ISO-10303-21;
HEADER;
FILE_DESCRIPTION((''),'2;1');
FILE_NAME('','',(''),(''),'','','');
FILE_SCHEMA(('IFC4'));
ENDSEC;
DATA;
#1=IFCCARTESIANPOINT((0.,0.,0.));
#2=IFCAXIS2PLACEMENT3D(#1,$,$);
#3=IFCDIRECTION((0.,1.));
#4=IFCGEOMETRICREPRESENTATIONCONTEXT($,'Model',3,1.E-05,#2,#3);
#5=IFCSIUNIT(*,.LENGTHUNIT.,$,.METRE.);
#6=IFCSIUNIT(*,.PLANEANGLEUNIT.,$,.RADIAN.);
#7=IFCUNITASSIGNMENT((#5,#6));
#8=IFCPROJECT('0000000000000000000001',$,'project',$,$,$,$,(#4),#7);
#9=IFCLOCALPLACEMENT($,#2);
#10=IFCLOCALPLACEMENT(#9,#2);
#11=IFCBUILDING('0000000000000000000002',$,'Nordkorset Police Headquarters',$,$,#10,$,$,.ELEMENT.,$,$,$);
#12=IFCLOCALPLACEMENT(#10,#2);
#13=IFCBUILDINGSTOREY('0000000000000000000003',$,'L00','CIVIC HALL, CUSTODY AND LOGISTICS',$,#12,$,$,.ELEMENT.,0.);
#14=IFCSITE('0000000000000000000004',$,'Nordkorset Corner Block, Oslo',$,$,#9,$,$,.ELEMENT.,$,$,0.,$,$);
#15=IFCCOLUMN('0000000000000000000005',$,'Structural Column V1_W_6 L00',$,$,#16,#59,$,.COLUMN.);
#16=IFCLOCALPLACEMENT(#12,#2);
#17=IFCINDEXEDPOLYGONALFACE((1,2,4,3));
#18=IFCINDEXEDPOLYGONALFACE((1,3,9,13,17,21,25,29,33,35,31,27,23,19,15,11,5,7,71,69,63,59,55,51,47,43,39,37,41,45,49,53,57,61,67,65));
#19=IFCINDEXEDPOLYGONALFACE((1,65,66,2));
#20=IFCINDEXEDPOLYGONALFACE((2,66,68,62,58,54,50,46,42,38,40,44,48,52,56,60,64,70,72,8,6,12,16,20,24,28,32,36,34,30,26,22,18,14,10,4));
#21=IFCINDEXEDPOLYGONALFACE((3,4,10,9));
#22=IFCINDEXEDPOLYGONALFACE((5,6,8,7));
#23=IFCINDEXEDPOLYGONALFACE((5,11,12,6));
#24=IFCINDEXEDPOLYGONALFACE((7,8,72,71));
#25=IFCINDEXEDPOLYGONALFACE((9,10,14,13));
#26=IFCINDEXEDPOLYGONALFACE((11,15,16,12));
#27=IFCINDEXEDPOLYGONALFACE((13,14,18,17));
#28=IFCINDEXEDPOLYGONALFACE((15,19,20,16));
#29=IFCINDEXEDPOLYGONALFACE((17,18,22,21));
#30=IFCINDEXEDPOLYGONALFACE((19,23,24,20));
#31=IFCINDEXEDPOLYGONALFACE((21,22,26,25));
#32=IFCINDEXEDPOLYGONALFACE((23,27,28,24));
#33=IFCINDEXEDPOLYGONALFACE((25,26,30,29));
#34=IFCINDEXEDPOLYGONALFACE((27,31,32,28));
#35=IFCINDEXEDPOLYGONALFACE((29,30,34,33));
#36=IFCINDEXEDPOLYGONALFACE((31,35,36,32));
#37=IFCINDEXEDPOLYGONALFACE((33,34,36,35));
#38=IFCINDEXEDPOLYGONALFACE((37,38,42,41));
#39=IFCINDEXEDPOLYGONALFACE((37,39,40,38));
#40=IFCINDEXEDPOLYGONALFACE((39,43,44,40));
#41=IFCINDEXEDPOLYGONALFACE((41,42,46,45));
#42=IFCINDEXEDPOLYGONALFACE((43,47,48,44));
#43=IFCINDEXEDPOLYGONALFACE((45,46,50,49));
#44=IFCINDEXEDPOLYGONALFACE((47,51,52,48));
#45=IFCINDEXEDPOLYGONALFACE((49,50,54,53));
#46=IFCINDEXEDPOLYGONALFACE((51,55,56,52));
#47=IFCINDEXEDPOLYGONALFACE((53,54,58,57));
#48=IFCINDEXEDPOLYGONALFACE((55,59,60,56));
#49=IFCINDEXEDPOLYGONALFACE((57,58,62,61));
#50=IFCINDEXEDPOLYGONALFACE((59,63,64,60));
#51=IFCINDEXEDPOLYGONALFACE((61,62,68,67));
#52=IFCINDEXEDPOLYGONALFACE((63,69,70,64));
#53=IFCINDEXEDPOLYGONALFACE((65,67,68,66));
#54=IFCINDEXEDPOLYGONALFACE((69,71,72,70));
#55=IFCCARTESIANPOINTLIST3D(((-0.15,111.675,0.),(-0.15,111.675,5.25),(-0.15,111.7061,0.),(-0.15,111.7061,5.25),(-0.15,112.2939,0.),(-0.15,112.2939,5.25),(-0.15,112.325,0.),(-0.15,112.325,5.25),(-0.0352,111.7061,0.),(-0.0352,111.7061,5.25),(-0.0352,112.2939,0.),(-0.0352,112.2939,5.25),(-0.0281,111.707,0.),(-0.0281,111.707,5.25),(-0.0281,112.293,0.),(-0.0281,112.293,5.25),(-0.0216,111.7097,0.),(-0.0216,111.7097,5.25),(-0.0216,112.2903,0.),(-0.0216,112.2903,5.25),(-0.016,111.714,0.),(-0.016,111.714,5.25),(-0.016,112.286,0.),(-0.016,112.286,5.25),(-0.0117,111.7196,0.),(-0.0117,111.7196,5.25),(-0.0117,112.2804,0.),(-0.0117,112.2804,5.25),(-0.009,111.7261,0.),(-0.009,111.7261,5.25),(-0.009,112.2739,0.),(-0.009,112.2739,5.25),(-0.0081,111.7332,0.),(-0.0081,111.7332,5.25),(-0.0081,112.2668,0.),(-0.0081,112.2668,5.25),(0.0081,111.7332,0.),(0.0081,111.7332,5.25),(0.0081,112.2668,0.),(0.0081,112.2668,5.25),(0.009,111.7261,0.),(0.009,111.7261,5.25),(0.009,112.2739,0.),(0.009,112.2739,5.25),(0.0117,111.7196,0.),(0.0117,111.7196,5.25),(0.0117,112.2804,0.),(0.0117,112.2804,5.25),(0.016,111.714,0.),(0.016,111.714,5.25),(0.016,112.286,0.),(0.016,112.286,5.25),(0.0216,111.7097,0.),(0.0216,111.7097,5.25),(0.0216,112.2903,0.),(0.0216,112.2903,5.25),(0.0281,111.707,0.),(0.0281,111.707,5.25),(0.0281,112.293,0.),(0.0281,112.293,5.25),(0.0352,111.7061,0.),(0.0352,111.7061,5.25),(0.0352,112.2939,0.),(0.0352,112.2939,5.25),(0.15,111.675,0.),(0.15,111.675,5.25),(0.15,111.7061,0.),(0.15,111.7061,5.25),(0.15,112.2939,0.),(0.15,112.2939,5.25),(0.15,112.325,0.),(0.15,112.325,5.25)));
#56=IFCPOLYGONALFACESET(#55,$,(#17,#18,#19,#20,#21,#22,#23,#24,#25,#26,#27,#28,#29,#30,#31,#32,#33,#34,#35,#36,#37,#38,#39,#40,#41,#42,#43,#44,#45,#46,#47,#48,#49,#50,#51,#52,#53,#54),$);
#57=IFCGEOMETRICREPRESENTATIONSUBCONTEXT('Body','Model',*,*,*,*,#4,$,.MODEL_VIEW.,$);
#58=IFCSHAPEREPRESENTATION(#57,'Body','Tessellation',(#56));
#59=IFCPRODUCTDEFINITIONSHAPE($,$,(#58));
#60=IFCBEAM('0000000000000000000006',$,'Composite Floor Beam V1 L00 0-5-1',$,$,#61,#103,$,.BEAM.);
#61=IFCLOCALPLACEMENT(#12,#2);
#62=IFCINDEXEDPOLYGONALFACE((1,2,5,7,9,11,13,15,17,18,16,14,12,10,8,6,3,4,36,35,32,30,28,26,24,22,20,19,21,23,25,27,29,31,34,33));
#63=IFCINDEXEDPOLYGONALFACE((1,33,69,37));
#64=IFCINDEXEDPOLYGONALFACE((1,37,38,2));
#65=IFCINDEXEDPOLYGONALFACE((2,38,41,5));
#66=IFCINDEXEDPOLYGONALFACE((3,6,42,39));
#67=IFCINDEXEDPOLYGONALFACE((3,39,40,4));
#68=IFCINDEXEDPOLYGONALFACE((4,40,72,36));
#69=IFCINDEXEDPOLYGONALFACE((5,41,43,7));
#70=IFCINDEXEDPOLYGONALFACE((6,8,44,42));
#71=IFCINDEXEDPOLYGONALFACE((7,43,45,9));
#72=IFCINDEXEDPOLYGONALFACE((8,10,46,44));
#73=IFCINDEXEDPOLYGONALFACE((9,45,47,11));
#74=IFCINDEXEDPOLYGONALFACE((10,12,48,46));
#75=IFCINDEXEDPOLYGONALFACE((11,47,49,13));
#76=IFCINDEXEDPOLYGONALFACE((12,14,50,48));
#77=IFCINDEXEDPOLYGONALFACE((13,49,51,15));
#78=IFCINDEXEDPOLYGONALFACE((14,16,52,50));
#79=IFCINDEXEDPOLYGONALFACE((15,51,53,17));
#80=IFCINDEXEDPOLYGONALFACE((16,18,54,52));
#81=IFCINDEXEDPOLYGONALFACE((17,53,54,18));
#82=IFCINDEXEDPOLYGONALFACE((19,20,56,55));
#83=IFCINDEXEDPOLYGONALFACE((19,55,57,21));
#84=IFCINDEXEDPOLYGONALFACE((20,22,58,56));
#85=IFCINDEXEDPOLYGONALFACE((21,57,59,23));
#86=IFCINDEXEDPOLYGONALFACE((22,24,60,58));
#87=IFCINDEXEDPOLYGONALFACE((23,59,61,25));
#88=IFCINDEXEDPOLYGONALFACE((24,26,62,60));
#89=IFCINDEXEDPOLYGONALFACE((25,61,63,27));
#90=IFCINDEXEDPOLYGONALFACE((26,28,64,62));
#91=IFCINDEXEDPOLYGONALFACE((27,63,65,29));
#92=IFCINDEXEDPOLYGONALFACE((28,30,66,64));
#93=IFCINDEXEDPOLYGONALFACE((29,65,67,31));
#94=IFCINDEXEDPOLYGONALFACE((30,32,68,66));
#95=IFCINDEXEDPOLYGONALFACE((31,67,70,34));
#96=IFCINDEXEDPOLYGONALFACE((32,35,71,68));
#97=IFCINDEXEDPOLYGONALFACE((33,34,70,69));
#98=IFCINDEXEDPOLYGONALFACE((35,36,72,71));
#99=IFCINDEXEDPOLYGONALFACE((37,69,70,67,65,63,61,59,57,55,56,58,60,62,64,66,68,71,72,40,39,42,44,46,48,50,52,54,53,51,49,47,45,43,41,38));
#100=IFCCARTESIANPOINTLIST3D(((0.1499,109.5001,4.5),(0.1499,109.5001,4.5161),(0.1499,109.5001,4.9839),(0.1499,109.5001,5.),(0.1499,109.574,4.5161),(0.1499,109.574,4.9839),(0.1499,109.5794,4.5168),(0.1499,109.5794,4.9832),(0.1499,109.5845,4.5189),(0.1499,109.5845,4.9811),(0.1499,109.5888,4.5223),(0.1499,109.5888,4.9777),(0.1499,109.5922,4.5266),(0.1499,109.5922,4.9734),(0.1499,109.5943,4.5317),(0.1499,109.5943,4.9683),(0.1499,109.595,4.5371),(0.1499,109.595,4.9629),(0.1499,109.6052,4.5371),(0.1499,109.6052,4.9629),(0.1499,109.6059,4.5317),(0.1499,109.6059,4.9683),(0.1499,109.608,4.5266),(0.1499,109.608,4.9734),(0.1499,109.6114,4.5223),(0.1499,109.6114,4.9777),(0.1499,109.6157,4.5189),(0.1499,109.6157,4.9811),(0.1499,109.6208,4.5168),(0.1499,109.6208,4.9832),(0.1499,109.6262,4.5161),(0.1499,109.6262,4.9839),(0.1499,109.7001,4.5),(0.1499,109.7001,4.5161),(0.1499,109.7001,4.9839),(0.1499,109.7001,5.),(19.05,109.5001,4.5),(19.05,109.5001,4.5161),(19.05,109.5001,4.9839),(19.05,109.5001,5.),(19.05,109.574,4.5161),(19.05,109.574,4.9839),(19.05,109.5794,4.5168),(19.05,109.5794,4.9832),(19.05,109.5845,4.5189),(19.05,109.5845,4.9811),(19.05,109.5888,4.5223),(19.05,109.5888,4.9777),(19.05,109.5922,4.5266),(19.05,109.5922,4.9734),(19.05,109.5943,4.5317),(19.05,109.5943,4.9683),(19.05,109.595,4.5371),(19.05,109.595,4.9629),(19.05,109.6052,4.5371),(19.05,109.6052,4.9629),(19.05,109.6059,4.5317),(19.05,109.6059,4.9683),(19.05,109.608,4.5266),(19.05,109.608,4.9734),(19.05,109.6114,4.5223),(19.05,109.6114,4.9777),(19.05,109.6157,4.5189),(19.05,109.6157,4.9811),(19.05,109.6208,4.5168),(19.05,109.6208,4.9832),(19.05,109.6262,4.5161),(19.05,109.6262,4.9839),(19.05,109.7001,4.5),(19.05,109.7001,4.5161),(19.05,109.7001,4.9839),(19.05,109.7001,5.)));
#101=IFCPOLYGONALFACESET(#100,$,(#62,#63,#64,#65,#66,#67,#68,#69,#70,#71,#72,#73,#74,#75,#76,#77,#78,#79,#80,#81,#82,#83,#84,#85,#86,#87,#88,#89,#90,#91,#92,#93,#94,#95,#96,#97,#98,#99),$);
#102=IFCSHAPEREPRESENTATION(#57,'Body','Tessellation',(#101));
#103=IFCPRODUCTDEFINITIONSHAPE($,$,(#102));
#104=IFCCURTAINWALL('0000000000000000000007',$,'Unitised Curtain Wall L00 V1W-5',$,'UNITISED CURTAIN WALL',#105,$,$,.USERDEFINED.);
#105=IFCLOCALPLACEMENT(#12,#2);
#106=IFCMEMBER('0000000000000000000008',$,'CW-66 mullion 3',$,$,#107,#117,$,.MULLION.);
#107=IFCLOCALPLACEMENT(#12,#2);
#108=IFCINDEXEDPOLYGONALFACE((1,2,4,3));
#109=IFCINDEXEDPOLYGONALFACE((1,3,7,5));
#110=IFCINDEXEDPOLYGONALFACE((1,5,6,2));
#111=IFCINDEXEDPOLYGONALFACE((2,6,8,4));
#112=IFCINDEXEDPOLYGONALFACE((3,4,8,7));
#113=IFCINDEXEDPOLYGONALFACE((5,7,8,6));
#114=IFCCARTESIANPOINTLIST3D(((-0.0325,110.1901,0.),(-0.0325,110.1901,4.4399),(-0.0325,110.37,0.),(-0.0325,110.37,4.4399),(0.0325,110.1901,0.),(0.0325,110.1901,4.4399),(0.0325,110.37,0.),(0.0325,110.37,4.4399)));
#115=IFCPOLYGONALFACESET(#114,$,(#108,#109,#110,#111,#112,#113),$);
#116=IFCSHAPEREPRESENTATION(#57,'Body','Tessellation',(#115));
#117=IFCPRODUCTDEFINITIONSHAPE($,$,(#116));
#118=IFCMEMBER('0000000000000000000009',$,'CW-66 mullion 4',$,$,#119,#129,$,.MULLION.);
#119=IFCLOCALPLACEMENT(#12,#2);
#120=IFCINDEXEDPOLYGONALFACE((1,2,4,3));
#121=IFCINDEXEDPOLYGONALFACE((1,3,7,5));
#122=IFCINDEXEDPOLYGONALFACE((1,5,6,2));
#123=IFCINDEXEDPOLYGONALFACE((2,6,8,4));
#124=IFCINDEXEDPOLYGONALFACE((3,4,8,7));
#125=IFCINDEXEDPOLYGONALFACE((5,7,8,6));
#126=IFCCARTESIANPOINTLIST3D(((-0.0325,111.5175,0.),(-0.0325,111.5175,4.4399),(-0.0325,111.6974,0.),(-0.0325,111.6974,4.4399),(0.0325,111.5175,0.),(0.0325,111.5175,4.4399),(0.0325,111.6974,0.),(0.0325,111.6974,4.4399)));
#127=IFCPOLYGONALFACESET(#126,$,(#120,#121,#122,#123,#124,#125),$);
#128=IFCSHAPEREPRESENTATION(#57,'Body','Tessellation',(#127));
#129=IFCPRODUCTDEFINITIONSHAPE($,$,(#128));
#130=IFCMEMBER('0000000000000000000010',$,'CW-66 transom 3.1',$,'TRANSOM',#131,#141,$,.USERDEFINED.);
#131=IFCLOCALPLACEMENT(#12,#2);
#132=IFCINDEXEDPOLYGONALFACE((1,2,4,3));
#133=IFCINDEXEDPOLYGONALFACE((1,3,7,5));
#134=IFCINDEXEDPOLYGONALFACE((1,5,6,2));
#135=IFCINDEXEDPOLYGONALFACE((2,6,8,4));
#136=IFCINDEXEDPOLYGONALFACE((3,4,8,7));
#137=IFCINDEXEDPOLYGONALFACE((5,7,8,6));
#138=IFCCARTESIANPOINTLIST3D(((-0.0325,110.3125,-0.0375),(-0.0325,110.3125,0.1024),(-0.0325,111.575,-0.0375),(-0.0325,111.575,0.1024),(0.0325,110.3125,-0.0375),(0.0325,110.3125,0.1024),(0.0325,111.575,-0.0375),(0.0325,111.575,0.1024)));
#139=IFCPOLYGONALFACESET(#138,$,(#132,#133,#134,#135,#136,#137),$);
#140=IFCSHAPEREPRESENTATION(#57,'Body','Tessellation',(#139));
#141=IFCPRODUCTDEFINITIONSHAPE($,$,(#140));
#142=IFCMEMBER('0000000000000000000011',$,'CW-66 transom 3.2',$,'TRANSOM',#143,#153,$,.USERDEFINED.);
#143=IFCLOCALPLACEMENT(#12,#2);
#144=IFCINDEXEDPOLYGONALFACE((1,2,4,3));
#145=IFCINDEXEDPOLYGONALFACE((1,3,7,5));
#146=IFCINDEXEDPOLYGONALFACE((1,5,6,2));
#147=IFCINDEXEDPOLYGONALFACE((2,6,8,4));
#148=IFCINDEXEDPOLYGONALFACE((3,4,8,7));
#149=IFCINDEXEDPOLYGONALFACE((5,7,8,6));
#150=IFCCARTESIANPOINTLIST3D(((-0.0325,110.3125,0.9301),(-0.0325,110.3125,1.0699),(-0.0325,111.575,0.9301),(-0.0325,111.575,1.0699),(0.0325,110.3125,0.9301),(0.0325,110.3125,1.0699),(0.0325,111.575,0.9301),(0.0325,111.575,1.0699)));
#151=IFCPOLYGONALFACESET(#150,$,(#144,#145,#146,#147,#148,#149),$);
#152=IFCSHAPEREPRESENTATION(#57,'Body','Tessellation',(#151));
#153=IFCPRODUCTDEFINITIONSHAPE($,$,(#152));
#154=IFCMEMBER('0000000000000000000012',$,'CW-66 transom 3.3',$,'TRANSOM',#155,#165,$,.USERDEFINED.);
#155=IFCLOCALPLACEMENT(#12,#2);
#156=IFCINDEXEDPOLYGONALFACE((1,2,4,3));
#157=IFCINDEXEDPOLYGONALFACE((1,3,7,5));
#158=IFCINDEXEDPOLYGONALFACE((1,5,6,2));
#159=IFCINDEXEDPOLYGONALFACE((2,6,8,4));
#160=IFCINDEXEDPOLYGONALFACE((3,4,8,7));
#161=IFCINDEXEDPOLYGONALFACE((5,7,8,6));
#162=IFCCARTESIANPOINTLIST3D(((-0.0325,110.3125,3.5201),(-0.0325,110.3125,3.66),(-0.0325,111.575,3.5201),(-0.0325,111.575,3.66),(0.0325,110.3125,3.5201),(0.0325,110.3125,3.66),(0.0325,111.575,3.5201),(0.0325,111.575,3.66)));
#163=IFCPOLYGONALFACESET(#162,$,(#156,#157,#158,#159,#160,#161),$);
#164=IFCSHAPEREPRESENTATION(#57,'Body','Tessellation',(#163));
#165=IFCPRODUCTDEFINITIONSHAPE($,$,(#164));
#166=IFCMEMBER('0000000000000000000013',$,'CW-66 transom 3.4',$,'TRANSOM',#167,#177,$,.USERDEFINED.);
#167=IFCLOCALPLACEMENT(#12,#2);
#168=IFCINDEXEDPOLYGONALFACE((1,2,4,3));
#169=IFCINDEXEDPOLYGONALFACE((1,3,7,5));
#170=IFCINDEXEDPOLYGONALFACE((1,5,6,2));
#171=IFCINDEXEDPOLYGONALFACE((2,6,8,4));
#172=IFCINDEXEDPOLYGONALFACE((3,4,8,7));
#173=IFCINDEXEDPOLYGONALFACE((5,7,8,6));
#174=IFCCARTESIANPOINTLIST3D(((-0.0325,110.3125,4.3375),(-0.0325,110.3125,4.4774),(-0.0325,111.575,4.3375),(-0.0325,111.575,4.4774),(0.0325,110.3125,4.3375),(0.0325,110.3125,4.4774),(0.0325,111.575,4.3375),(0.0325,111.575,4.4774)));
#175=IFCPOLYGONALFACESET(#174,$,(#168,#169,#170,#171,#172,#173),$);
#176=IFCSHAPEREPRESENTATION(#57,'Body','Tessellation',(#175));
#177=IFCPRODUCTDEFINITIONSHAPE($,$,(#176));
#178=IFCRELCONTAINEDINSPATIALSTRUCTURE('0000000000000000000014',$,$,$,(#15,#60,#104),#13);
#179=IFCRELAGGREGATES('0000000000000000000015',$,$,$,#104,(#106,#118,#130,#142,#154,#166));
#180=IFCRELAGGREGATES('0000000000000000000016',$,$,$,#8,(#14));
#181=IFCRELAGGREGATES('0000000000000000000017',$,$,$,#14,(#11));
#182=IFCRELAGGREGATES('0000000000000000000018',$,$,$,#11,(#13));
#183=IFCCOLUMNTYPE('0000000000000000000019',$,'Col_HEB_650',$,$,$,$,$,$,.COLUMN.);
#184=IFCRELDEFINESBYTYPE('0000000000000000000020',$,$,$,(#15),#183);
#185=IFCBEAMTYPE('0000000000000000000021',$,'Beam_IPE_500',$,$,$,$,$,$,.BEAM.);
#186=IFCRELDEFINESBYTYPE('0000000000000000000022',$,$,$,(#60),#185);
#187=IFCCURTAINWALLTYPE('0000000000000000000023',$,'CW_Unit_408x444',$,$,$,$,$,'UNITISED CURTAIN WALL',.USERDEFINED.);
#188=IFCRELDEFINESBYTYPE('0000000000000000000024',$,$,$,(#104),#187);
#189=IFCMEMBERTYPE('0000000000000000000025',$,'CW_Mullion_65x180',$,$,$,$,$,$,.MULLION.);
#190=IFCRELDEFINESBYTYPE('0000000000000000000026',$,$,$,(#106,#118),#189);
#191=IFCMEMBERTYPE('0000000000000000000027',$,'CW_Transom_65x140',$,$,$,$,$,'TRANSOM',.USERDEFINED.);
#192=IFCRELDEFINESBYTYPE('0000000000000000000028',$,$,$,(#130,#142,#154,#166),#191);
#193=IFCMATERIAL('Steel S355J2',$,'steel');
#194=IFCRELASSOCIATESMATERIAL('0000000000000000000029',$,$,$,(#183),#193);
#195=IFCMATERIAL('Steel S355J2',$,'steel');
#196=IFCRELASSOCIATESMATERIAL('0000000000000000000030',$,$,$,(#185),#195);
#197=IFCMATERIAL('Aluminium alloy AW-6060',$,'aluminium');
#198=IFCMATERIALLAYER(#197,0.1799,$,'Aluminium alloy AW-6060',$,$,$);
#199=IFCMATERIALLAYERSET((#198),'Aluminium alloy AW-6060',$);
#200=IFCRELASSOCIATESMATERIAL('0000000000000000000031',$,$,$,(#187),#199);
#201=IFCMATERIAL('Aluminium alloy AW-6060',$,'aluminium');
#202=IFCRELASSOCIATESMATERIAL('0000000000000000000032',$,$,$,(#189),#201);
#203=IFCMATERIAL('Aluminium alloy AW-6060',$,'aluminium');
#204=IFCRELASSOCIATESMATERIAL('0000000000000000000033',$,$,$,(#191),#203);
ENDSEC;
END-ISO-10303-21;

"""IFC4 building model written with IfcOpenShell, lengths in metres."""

from ifc_helpers import new_model, si_unit, direction, frame, origin, origin_2d, place, context, subcontext, project, spatial, rectangle, i_section, extrude, material, layer, layer_set, material_profile, profile_set, type_object, element, aggregate, save


model = new_model("IFC4")

# Units and contexts
model_context = context("Model", 3, precision=1e-05, world=origin(), true_north=direction((0.0, 1.0)))
body_context = subcontext(model_context, "Body", "Model", "MODEL_VIEW")
ifc_project = project(units=[si_unit("LENGTHUNIT", "METRE"), si_unit("PLANEANGLEUNIT", "RADIAN")], contexts=[model_context])

# Site, building, storey
site_placement = place(None, origin())
site = spatial("IfcSite", under=ifc_project, at=site_placement, Name="Nordkorset Corner Block, Oslo", CompositionType="ELEMENT", RefElevation=0.0)
building_placement = place(site_placement, origin())
building = spatial("IfcBuilding", under=site, at=building_placement, Name="Nordkorset Police Headquarters", CompositionType="ELEMENT")
storey_placement = place(building_placement, origin())
storey = spatial("IfcBuildingStorey", under=building, at=storey_placement, Name="L00", Description="CIVIC HALL, CUSTODY AND LOGISTICS", CompositionType="ELEMENT", Elevation=0.0)

# Column
ifc_material_1 = material(Name="Steel S355J2", Category="steel")
ifc_material_profile_1 = material_profile(ifc_material_1, i_section(OverallWidth=0.3, OverallDepth=0.6499, WebThickness=0.0161, FlangeThickness=0.031, FilletRadius=0.0271, at=origin_2d()), Name="HEB 650")
ifc_profile_set_1 = profile_set([ifc_material_profile_1], Name="Steel S355J2")
column_type = type_object("IfcColumnType", Name="Col_HEB_650", PredefinedType="COLUMN", material=ifc_profile_set_1)
column_placement = place(storey_placement, frame((0.0, 112.0, 0.0), z_axis=(0.0, 0.0, 1.0), x_axis=(1.0, 0.0, 0.0)))
element("IfcColumn", 1, at=column_placement, inside=storey, type_object=column_type, Name="Structural Column V1_W_6 L00", PredefinedType="COLUMN", context=body_context, shape_type="SweptSolid", body=[
    extrude(i_section(OverallWidth=0.3, OverallDepth=0.6499, WebThickness=0.0161, FlangeThickness=0.031, FilletRadius=0.0271, at=origin_2d()), origin(), (0.0, 0.0, 1.0), 5.25),
])

# Beam
ifc_material_2 = material(Name="Steel S355J2", Category="steel")
ifc_material_profile_2 = material_profile(ifc_material_2, i_section(OverallWidth=0.2, OverallDepth=0.5, WebThickness=0.0103, FlangeThickness=0.0161, FilletRadius=0.021, at=origin_2d()), Name="IPE 500")
ifc_profile_set_2 = profile_set([ifc_material_profile_2], Name="Steel S355J2")
beam_type_1 = type_object("IfcBeamType", Name="Beam_IPE_500", PredefinedType="BEAM", material=ifc_profile_set_2)
beam_1_placement = place(storey_placement, frame((0.1499, 109.6001, 4.75), z_axis=(1.0, 0.0, 0.0), x_axis=(0.0, 1.0, 0.0)))
element("IfcBeam", 2, at=beam_1_placement, inside=storey, type_object=beam_type_1, Name="Composite Floor Beam V1 L00 0-5-1", PredefinedType="BEAM", context=body_context, shape_type="SweptSolid", body=[
    extrude(i_section(OverallWidth=0.2, OverallDepth=0.5, WebThickness=0.0103, FlangeThickness=0.0161, FilletRadius=0.021, at=origin_2d()), origin(), (0.0, 0.0, 1.0), 18.9001),
])

# Curtain wall, members
ifc_material_3 = material(Name="Aluminium alloy AW-6060", Category="aluminium")
ifc_layer_1 = layer(ifc_material_3, 0.1799, Name="Aluminium alloy AW-6060")
ifc_layer_set_1 = layer_set([ifc_layer_1], Name="Aluminium alloy AW-6060")
curtain_wall_type = type_object("IfcCurtainWallType", Name="CW_Unit_408x444", ElementType="UNITISED CURTAIN WALL", PredefinedType="USERDEFINED", material=ifc_layer_set_1)
curtain_wall_placement = place(storey_placement, origin())
curtain_wall = element("IfcCurtainWall", 3, at=curtain_wall_placement, inside=storey, type_object=curtain_wall_type, Name="Unitised Curtain Wall L00 V1W-5", ObjectType="UNITISED CURTAIN WALL", PredefinedType="USERDEFINED")
ifc_material_4 = material(Name="Aluminium alloy AW-6060", Category="aluminium")
ifc_material_profile_3 = material_profile(ifc_material_4, rectangle(XDim=0.0649, YDim=0.1799, at=origin_2d()), Name="ALU MULL 65x180")
ifc_profile_set_3 = profile_set([ifc_material_profile_3], Name="Aluminium alloy AW-6060")
member_type_1 = type_object("IfcMemberType", Name="CW_Mullion_65x180", PredefinedType="MULLION", material=ifc_profile_set_3)
member_1_placement = place(storey_placement, frame((0.0, 110.28, 0.0), z_axis=(0.0, 0.0, 1.0), x_axis=(-1.0, 0.0, 0.0)))
member_1 = element("IfcMember", 4, at=member_1_placement, type_object=member_type_1, Name="CW-66 mullion 3", PredefinedType="MULLION", context=body_context, shape_type="SweptSolid", body=[
    extrude(rectangle(XDim=0.0649, YDim=0.1799, at=origin_2d()), origin(), (0.0, 0.0, 1.0), 4.4399),
])
member_2_placement = place(storey_placement, frame((0.0, 111.6074, 0.0), z_axis=(0.0, 0.0, 1.0), x_axis=(-1.0, 0.0, 0.0)))
member_2 = element("IfcMember", 5, at=member_2_placement, type_object=member_type_1, Name="CW-66 mullion 4", PredefinedType="MULLION", context=body_context, shape_type="SweptSolid", body=[
    extrude(rectangle(XDim=0.0649, YDim=0.1799, at=origin_2d()), origin(), (0.0, 0.0, 1.0), 4.4399),
])
ifc_material_5 = material(Name="Aluminium alloy AW-6060", Category="aluminium")
ifc_material_profile_4 = material_profile(ifc_material_5, rectangle(XDim=0.0649, YDim=0.1399, at=origin_2d()), Name="ALU TRAN 65x140")
ifc_profile_set_4 = profile_set([ifc_material_profile_4], Name="Aluminium alloy AW-6060")
member_type_2 = type_object("IfcMemberType", Name="CW_Transom_65x140", ElementType="TRANSOM", PredefinedType="USERDEFINED", material=ifc_profile_set_4)
member_3_placement = place(storey_placement, frame((0.0, 110.3125, 0.0325), z_axis=(0.0, 1.0, 0.0), x_axis=(-1.0, 0.0, 0.0)))
member_3 = element("IfcMember", 6, at=member_3_placement, type_object=member_type_2, Name="CW-66 transom 3.1", ObjectType="TRANSOM", PredefinedType="USERDEFINED", context=body_context, shape_type="SweptSolid", body=[
    extrude(rectangle(XDim=0.0649, YDim=0.1399, at=origin_2d()), origin(), (0.0, 0.0, 1.0), 1.2625),
])
member_4_placement = place(storey_placement, frame((0.0, 110.3125, 1.0), z_axis=(0.0, 1.0, 0.0), x_axis=(-1.0, 0.0, 0.0)))
member_4 = element("IfcMember", 7, at=member_4_placement, type_object=member_type_2, Name="CW-66 transom 3.2", ObjectType="TRANSOM", PredefinedType="USERDEFINED", context=body_context, shape_type="SweptSolid", body=[
    extrude(rectangle(XDim=0.0649, YDim=0.1399, at=origin_2d()), origin(), (0.0, 0.0, 1.0), 1.2625),
])
member_5_placement = place(storey_placement, frame((0.0, 110.3125, 3.5901), z_axis=(0.0, 1.0, 0.0), x_axis=(-1.0, 0.0, 0.0)))
member_5 = element("IfcMember", 8, at=member_5_placement, type_object=member_type_2, Name="CW-66 transom 3.3", ObjectType="TRANSOM", PredefinedType="USERDEFINED", context=body_context, shape_type="SweptSolid", body=[
    extrude(rectangle(XDim=0.0649, YDim=0.1399, at=origin_2d()), origin(), (0.0, 0.0, 1.0), 1.2625),
])
member_6_placement = place(storey_placement, frame((0.0, 110.3125, 4.4075), z_axis=(0.0, 1.0, 0.0), x_axis=(-1.0, 0.0, 0.0)))
member_6 = element("IfcMember", 9, at=member_6_placement, type_object=member_type_2, Name="CW-66 transom 3.4", ObjectType="TRANSOM", PredefinedType="USERDEFINED", context=body_context, shape_type="SweptSolid", body=[
    extrude(rectangle(XDim=0.0649, YDim=0.1399, at=origin_2d()), origin(), (0.0, 0.0, 1.0), 1.2625),
])

aggregate(curtain_wall, [member_1, member_2, member_3, member_4, member_5, member_6])

save(model, "model.ifc")
